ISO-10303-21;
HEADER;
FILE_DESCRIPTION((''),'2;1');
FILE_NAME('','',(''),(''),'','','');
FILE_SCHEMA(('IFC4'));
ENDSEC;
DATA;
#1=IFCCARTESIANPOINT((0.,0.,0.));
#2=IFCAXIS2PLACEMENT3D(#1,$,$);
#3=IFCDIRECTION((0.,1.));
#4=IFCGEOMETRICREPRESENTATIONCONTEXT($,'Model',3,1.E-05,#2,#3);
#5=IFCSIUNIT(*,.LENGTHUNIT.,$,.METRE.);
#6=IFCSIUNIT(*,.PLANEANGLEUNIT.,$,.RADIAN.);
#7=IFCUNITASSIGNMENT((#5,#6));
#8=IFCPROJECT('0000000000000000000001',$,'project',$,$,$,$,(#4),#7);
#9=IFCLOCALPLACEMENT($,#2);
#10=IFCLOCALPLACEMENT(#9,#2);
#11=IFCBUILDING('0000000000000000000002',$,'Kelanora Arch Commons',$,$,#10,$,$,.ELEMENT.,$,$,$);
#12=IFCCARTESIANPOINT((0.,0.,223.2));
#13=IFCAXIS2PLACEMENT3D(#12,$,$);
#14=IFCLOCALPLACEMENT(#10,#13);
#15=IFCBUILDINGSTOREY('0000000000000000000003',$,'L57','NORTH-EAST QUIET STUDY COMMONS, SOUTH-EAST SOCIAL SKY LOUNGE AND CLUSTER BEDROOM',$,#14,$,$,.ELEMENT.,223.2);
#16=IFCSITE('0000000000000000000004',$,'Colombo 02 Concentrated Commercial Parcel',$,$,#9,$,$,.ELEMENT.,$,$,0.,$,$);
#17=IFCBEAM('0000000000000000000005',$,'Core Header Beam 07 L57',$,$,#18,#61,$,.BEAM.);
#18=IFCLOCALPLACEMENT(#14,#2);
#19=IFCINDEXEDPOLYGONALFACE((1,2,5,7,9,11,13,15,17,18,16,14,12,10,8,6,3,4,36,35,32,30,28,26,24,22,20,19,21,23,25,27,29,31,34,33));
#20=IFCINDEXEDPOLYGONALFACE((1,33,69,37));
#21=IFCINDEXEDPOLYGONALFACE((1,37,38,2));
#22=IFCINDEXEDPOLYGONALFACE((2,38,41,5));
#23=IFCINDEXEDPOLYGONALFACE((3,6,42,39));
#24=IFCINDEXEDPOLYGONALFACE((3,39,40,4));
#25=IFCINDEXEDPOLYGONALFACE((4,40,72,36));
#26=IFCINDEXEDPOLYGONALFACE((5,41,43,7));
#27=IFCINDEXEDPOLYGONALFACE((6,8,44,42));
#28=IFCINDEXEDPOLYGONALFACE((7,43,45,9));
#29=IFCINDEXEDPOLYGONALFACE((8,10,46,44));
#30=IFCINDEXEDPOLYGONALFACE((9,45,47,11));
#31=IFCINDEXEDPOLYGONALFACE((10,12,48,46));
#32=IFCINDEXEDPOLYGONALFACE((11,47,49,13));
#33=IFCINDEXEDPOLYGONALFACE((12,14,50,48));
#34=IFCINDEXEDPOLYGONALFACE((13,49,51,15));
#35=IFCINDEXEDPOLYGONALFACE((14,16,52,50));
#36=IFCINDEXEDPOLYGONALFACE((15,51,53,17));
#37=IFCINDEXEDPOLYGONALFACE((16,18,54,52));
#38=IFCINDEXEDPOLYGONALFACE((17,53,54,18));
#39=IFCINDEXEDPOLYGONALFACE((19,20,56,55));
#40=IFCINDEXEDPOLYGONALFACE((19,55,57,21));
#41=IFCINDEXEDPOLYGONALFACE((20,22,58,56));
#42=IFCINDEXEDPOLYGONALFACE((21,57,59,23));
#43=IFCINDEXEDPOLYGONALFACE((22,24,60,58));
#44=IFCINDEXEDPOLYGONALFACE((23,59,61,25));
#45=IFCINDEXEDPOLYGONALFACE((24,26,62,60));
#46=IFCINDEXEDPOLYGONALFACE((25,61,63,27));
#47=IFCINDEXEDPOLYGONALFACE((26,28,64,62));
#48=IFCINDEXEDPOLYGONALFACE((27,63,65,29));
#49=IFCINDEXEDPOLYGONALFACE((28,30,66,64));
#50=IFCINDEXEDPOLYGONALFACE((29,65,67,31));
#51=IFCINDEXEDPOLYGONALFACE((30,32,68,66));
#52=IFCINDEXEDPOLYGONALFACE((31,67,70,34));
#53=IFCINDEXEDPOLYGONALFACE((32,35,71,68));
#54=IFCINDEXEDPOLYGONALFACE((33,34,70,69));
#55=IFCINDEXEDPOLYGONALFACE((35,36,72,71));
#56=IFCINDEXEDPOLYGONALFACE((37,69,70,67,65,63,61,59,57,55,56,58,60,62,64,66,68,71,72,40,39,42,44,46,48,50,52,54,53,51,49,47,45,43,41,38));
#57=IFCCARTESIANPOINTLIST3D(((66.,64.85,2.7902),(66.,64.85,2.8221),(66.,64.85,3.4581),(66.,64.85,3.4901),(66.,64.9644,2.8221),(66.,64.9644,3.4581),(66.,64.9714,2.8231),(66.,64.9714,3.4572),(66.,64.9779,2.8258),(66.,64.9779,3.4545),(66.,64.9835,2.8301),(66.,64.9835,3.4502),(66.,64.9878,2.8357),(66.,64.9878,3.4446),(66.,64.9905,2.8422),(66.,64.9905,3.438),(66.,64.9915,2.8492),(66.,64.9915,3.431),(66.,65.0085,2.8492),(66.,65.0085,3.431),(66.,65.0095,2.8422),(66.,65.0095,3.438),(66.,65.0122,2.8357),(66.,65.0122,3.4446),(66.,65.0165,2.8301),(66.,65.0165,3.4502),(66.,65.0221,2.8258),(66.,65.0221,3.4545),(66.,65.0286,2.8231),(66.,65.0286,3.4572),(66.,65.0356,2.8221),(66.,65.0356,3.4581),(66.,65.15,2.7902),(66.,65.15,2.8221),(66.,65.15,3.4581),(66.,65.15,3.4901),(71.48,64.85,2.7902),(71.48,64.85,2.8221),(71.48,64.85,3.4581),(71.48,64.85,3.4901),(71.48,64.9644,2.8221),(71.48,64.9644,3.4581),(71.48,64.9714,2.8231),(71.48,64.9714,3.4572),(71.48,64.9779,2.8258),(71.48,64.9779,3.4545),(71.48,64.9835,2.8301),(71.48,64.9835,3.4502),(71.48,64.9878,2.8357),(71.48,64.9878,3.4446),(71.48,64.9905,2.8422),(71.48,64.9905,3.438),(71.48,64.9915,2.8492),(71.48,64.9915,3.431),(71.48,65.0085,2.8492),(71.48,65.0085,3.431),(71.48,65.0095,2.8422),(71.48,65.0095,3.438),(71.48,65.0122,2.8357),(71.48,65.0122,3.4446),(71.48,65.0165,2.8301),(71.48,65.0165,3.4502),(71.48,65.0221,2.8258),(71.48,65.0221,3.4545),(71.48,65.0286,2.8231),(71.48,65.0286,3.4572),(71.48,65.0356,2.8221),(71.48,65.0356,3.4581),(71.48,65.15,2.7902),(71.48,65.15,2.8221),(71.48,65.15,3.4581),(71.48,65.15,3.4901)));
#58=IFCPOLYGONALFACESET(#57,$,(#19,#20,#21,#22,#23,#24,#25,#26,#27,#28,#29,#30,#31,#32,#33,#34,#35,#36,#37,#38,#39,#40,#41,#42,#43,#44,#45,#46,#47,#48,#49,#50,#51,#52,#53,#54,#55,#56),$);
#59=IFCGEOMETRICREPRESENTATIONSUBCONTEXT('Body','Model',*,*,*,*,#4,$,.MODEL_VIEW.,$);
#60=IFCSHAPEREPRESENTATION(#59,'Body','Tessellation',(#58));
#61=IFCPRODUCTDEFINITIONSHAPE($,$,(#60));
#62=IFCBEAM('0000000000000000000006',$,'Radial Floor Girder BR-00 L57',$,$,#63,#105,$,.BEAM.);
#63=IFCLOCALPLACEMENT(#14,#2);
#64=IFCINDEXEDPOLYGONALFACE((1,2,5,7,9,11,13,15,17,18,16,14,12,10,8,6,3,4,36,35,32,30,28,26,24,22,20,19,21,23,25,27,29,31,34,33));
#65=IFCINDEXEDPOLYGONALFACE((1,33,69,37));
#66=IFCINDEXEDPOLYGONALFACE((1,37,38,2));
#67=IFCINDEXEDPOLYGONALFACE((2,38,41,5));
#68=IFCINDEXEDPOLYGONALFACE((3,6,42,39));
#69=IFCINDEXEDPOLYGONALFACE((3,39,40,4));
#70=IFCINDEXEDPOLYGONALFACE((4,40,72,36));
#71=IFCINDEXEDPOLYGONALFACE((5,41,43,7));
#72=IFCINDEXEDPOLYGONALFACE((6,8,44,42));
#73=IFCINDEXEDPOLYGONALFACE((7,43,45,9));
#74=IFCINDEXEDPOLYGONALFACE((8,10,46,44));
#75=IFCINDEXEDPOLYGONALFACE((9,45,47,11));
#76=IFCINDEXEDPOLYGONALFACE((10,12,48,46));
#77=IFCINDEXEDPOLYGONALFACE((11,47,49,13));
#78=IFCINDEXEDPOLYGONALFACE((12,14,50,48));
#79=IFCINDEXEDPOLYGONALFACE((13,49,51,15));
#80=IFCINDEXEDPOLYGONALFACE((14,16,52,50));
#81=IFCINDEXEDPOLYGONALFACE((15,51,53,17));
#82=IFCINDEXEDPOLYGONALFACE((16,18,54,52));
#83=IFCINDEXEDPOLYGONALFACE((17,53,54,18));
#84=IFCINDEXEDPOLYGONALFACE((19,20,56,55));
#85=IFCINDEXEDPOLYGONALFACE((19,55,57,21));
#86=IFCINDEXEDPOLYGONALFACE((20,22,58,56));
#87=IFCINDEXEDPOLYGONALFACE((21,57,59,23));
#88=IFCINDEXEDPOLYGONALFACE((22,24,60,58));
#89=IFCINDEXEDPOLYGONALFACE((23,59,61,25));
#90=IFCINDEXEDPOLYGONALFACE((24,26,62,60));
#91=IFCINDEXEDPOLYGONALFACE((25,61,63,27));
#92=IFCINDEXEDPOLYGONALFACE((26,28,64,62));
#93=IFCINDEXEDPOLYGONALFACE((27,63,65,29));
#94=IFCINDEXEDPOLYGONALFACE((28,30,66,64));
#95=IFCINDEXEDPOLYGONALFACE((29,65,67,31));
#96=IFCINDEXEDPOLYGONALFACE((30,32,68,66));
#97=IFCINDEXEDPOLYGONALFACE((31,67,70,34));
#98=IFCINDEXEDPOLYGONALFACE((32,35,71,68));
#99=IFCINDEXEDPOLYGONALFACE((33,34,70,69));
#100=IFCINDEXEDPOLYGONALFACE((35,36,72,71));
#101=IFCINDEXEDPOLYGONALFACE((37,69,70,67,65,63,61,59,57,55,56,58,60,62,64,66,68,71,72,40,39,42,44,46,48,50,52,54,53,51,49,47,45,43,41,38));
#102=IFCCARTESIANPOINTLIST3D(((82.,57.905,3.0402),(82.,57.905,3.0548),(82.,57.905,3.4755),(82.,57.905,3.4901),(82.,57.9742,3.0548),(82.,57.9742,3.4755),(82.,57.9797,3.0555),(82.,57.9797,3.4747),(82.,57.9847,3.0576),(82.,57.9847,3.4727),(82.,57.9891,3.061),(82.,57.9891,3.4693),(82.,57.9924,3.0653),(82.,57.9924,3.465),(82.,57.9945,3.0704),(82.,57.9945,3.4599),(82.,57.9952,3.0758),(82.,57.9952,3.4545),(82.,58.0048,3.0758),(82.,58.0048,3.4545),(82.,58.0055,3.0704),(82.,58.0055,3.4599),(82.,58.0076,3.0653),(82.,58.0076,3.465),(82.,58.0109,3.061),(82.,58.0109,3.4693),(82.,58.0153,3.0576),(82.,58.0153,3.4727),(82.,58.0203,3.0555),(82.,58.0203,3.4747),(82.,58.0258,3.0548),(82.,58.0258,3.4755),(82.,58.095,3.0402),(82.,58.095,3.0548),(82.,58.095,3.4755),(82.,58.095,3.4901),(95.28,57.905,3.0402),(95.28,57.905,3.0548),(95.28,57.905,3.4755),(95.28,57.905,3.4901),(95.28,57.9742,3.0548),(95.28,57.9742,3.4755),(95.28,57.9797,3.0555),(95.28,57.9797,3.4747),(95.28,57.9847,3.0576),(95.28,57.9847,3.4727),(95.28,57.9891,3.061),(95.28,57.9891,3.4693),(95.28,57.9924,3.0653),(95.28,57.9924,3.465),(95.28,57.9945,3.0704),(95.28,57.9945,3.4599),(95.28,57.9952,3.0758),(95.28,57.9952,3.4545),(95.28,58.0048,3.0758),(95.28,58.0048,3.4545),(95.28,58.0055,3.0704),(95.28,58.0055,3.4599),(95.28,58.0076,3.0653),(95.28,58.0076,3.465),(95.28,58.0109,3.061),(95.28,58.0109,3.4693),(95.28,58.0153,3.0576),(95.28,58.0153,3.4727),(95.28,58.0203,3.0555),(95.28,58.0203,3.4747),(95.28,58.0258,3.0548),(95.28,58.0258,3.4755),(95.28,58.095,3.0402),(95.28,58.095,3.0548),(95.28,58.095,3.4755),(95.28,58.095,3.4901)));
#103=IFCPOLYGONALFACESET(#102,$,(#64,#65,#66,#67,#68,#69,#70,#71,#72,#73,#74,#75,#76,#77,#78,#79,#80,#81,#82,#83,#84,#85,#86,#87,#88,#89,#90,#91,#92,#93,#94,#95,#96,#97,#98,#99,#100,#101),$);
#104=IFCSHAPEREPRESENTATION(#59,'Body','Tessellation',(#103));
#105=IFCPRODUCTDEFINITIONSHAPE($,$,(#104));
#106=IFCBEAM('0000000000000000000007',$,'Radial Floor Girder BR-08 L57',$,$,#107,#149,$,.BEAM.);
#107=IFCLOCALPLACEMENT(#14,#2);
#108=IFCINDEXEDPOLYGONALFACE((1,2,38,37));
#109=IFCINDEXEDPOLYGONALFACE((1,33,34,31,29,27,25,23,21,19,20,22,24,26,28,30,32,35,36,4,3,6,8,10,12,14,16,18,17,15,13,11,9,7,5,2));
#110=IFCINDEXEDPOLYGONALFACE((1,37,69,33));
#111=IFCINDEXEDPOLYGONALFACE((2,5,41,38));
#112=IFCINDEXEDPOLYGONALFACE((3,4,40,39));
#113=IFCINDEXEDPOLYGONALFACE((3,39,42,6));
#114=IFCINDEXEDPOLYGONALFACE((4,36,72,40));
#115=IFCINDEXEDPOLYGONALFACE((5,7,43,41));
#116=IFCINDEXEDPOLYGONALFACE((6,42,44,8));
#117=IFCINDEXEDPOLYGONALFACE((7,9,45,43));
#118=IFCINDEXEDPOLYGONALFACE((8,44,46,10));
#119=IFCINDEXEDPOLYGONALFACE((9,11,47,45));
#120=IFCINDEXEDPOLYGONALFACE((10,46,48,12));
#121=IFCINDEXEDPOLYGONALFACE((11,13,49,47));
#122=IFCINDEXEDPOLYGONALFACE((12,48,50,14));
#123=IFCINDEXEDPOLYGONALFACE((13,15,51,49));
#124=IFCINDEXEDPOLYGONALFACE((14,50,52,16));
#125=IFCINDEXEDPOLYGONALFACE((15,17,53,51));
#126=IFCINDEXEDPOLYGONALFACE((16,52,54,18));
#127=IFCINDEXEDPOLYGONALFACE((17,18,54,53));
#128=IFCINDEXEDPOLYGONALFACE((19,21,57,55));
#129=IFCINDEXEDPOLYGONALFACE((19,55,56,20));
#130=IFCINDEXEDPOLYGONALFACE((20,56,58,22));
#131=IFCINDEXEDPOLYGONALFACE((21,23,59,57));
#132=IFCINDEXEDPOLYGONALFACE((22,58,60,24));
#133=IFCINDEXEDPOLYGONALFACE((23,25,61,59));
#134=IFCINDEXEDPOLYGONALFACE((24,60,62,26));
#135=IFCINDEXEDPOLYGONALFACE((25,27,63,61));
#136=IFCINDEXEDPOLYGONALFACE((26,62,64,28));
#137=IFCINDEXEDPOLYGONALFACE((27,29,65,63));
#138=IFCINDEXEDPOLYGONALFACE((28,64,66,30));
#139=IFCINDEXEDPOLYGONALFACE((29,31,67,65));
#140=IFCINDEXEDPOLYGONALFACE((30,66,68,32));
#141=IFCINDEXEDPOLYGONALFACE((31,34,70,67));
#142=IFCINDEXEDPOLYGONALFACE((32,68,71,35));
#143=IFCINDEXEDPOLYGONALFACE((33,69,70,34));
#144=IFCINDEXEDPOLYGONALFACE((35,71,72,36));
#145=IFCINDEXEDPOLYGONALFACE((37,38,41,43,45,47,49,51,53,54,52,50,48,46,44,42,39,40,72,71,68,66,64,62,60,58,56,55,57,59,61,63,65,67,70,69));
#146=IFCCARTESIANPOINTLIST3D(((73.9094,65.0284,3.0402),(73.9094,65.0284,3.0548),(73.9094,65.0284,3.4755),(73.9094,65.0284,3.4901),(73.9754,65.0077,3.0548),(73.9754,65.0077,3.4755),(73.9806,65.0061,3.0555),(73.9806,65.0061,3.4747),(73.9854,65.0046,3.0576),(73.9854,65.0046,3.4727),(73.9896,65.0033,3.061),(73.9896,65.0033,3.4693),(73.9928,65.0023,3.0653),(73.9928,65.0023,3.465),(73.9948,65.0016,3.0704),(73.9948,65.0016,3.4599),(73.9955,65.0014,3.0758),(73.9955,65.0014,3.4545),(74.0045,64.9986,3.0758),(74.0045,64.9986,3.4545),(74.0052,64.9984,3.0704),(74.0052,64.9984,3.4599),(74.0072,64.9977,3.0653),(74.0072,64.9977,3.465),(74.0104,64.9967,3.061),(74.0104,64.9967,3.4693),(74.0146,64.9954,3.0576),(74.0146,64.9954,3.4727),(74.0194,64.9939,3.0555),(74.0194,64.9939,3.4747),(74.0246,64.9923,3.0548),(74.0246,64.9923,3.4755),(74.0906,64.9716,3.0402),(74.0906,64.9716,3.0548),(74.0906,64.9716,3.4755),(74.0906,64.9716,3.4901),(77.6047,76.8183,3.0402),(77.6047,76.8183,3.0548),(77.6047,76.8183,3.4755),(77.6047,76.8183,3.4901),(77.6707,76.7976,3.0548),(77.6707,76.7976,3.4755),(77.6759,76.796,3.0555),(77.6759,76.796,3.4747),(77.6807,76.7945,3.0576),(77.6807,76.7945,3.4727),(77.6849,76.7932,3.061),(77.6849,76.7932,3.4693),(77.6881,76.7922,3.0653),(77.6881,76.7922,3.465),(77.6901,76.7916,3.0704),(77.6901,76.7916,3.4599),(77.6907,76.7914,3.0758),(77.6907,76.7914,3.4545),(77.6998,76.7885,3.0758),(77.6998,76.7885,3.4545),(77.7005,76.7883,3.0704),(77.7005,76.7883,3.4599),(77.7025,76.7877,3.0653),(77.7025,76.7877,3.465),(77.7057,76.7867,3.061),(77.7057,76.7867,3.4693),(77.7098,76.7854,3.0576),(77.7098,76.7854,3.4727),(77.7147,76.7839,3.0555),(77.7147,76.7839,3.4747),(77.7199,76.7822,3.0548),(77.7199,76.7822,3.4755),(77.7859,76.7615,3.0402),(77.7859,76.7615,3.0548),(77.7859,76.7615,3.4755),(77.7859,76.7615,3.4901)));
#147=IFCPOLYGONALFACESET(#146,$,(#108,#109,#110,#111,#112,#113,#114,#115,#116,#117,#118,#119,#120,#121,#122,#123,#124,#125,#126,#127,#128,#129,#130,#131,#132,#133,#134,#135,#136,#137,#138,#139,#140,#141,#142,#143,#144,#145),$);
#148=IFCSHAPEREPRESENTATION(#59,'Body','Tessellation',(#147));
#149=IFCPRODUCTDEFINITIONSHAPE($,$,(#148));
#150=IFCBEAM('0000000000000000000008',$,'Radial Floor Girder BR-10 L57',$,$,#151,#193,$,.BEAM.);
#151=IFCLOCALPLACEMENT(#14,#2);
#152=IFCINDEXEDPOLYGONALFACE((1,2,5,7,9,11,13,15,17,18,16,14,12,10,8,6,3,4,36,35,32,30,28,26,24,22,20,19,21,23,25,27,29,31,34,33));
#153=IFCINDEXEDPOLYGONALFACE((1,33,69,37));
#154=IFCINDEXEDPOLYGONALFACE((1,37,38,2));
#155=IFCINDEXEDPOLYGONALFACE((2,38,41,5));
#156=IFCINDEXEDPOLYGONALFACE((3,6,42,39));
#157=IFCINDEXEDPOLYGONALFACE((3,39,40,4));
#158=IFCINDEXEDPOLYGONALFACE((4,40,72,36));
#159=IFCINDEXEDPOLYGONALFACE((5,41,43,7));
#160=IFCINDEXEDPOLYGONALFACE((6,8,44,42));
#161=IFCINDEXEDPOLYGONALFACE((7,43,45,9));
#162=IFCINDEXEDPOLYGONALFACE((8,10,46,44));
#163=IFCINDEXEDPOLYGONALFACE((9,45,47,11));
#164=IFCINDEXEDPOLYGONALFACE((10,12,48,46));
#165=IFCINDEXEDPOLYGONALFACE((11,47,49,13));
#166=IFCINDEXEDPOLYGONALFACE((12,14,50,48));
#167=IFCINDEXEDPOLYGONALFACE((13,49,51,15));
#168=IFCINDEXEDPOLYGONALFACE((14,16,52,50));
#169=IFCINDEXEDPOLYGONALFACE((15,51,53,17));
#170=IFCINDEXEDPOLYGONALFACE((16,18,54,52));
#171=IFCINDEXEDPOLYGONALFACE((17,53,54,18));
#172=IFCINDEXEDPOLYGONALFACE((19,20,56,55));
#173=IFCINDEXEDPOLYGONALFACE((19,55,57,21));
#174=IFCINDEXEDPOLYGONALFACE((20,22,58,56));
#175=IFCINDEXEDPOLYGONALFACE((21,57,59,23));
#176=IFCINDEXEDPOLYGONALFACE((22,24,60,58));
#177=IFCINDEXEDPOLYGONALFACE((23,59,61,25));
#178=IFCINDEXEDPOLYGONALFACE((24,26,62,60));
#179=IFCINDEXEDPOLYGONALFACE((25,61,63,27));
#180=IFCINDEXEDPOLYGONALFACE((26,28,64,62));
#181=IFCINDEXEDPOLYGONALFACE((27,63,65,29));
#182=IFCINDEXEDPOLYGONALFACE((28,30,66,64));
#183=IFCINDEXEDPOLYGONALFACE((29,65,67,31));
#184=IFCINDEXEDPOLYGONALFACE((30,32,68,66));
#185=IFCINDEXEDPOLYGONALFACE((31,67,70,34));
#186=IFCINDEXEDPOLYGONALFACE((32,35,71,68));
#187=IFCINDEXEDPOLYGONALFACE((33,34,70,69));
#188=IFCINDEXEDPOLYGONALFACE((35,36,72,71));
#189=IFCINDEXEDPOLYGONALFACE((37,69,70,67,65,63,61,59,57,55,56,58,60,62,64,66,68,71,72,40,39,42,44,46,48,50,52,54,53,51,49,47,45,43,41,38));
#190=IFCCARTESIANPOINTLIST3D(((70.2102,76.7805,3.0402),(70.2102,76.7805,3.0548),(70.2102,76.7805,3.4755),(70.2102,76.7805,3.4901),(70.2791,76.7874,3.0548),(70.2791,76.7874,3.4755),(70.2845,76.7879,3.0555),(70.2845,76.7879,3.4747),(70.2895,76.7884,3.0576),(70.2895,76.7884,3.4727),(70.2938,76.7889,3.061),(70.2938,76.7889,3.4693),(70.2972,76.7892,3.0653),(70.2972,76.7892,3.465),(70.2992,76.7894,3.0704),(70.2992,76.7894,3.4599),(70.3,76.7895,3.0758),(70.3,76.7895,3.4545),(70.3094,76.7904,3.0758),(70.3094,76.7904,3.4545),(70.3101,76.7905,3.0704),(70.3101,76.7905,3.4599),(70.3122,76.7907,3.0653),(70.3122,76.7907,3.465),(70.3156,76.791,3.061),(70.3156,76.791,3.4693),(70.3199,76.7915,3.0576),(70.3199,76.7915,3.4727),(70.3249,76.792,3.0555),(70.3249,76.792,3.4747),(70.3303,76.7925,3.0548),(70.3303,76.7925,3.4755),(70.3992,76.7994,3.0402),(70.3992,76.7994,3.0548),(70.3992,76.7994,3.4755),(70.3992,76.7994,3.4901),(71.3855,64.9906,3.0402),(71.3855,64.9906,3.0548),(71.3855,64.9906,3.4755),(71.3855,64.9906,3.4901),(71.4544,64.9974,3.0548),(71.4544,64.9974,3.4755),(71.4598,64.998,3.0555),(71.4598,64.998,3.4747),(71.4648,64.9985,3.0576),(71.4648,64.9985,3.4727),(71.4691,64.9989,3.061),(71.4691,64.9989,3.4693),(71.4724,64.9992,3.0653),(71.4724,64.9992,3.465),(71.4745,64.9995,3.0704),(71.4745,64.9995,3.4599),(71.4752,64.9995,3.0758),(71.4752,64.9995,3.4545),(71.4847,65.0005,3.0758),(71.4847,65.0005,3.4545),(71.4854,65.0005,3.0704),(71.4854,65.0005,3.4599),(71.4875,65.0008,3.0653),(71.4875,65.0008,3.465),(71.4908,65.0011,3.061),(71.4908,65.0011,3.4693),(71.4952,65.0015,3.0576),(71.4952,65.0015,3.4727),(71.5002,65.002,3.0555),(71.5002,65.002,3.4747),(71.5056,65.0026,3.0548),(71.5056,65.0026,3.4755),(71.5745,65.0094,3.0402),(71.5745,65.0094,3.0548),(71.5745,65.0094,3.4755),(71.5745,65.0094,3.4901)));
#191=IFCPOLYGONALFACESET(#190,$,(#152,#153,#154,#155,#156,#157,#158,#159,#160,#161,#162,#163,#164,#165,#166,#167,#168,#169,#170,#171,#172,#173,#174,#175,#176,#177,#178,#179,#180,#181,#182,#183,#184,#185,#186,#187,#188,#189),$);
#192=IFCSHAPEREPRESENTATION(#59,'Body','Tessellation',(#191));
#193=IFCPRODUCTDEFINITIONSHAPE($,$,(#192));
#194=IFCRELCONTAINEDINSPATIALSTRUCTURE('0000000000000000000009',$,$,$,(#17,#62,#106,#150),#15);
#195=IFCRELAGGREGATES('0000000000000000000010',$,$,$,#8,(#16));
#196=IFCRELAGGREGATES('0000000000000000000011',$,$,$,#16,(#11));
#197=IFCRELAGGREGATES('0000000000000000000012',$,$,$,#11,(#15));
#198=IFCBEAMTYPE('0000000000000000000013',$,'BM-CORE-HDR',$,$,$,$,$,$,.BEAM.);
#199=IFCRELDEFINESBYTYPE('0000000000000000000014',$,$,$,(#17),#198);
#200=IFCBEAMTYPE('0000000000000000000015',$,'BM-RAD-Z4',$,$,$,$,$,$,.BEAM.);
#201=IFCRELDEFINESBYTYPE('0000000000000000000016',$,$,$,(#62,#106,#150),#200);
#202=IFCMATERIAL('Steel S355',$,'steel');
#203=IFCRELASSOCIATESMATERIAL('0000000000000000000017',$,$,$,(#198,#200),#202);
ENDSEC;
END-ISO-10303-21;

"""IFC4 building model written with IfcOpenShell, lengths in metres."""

from ifc_helpers import new_model, si_unit, direction, frame, origin, origin_2d, place, context, subcontext, project, spatial, i_section, extrude, material, material_profile, profile_set, type_object, element, save


model = new_model("IFC4")

# Units and contexts
model_context = context("Model", 3, precision=1e-05, world=origin(), true_north=direction((0.0, 1.0)))
body_context = subcontext(model_context, "Body", "Model", "MODEL_VIEW")
ifc_project = project(units=[si_unit("LENGTHUNIT", "METRE"), si_unit("PLANEANGLEUNIT", "RADIAN")], contexts=[model_context])

# Site, building, storey
site_placement = place(None, origin())
site = spatial("IfcSite", under=ifc_project, at=site_placement, Name="Colombo 02 Concentrated Commercial Parcel", CompositionType="ELEMENT", RefElevation=0.0)
building_placement = place(site_placement, origin())
building = spatial("IfcBuilding", under=site, at=building_placement, Name="Kelanora Arch Commons", CompositionType="ELEMENT")
storey_placement = place(building_placement, frame((0.0, 0.0, 223.2)))
storey = spatial("IfcBuildingStorey", under=building, at=storey_placement, Name="L57", Description="NORTH-EAST QUIET STUDY COMMONS, SOUTH-EAST SOCIAL SKY LOUNGE AND CLUSTER BEDROOM", CompositionType="ELEMENT", Elevation=223.2)

# Beams
ifc_material_1 = material(Name="Steel S355", Category="steel")
ifc_material_profile_1 = material_profile(ifc_material_1, i_section(OverallWidth=0.3, OverallDepth=0.7, WebThickness=0.0171, FlangeThickness=0.032, FilletRadius=0.0271, at=origin_2d()), Name="HEB700")
ifc_profile_set_1 = profile_set([ifc_material_profile_1], Name="Steel S355")
beam_type_1 = type_object("IfcBeamType", Name="BM-CORE-HDR", PredefinedType="BEAM", material=ifc_profile_set_1)
beam_1_placement = place(storey_placement, frame((71.48, 65.0, 3.1401), z_axis=(-1.0, 0.0, 0.0), x_axis=(0.0, -1.0, 0.0)))
element("IfcBeam", 1, at=beam_1_placement, inside=storey, type_object=beam_type_1, Name="Core Header Beam 07 L57", PredefinedType="BEAM", context=body_context, shape_type="SweptSolid", body=[
    extrude(i_section(OverallWidth=0.3, OverallDepth=0.7, WebThickness=0.0171, FlangeThickness=0.032, FilletRadius=0.0271, at=origin_2d()), origin(), (0.0, 0.0, 1.0), 5.48),
])
ifc_material_profile_2 = material_profile(ifc_material_1, i_section(OverallWidth=0.1899, OverallDepth=0.45, WebThickness=0.0095, FlangeThickness=0.0146, FilletRadius=0.021, at=origin_2d()), Name="IPE450")
ifc_profile_set_2 = profile_set([ifc_material_profile_2], Name="Steel S355")
beam_type_2 = type_object("IfcBeamType", Name="BM-RAD-Z4", PredefinedType="BEAM", material=ifc_profile_set_2)
beam_2_placement = place(storey_placement, frame((82.0, 58.0, 3.2651), z_axis=(1.0, 0.0, 0.0), x_axis=(0.0, 1.0, 0.0)))
element("IfcBeam", 2, at=beam_2_placement, inside=storey, type_object=beam_type_2, Name="Radial Floor Girder BR-00 L57", PredefinedType="BEAM", context=body_context, shape_type="SweptSolid", body=[
    extrude(i_section(OverallWidth=0.1899, OverallDepth=0.45, WebThickness=0.0095, FlangeThickness=0.0146, FilletRadius=0.021, at=origin_2d()), origin(), (0.0, 0.0, 1.0), 13.28),
])
beam_3_placement = place(storey_placement, frame((74.0, 65.0, 3.2651), z_axis=(0.29908, 0.954228, 0.0), x_axis=(-0.954228, 0.29908, 0.0)))
element("IfcBeam", 3, at=beam_3_placement, inside=storey, type_object=beam_type_2, Name="Radial Floor Girder BR-08 L57", PredefinedType="BEAM", context=body_context, shape_type="SweptSolid", body=[
    extrude(i_section(OverallWidth=0.1899, OverallDepth=0.45, WebThickness=0.0095, FlangeThickness=0.0146, FilletRadius=0.021, at=origin_2d()), origin(), (0.0, 0.0, 1.0), 12.3555),
])
beam_4_placement = place(storey_placement, frame((71.48, 65.0, 3.2651), z_axis=(-0.099194, 0.995068, 0.0), x_axis=(-0.995068, -0.099194, 0.0)))
element("IfcBeam", 4, at=beam_4_placement, inside=storey, type_object=beam_type_2, Name="Radial Floor Girder BR-10 L57", PredefinedType="BEAM", context=body_context, shape_type="SweptSolid", body=[
    extrude(i_section(OverallWidth=0.1899, OverallDepth=0.45, WebThickness=0.0095, FlangeThickness=0.0146, FilletRadius=0.021, at=origin_2d()), origin(), (0.0, 0.0, 1.0), 11.8484),
])

save(model, "model.ifc")
